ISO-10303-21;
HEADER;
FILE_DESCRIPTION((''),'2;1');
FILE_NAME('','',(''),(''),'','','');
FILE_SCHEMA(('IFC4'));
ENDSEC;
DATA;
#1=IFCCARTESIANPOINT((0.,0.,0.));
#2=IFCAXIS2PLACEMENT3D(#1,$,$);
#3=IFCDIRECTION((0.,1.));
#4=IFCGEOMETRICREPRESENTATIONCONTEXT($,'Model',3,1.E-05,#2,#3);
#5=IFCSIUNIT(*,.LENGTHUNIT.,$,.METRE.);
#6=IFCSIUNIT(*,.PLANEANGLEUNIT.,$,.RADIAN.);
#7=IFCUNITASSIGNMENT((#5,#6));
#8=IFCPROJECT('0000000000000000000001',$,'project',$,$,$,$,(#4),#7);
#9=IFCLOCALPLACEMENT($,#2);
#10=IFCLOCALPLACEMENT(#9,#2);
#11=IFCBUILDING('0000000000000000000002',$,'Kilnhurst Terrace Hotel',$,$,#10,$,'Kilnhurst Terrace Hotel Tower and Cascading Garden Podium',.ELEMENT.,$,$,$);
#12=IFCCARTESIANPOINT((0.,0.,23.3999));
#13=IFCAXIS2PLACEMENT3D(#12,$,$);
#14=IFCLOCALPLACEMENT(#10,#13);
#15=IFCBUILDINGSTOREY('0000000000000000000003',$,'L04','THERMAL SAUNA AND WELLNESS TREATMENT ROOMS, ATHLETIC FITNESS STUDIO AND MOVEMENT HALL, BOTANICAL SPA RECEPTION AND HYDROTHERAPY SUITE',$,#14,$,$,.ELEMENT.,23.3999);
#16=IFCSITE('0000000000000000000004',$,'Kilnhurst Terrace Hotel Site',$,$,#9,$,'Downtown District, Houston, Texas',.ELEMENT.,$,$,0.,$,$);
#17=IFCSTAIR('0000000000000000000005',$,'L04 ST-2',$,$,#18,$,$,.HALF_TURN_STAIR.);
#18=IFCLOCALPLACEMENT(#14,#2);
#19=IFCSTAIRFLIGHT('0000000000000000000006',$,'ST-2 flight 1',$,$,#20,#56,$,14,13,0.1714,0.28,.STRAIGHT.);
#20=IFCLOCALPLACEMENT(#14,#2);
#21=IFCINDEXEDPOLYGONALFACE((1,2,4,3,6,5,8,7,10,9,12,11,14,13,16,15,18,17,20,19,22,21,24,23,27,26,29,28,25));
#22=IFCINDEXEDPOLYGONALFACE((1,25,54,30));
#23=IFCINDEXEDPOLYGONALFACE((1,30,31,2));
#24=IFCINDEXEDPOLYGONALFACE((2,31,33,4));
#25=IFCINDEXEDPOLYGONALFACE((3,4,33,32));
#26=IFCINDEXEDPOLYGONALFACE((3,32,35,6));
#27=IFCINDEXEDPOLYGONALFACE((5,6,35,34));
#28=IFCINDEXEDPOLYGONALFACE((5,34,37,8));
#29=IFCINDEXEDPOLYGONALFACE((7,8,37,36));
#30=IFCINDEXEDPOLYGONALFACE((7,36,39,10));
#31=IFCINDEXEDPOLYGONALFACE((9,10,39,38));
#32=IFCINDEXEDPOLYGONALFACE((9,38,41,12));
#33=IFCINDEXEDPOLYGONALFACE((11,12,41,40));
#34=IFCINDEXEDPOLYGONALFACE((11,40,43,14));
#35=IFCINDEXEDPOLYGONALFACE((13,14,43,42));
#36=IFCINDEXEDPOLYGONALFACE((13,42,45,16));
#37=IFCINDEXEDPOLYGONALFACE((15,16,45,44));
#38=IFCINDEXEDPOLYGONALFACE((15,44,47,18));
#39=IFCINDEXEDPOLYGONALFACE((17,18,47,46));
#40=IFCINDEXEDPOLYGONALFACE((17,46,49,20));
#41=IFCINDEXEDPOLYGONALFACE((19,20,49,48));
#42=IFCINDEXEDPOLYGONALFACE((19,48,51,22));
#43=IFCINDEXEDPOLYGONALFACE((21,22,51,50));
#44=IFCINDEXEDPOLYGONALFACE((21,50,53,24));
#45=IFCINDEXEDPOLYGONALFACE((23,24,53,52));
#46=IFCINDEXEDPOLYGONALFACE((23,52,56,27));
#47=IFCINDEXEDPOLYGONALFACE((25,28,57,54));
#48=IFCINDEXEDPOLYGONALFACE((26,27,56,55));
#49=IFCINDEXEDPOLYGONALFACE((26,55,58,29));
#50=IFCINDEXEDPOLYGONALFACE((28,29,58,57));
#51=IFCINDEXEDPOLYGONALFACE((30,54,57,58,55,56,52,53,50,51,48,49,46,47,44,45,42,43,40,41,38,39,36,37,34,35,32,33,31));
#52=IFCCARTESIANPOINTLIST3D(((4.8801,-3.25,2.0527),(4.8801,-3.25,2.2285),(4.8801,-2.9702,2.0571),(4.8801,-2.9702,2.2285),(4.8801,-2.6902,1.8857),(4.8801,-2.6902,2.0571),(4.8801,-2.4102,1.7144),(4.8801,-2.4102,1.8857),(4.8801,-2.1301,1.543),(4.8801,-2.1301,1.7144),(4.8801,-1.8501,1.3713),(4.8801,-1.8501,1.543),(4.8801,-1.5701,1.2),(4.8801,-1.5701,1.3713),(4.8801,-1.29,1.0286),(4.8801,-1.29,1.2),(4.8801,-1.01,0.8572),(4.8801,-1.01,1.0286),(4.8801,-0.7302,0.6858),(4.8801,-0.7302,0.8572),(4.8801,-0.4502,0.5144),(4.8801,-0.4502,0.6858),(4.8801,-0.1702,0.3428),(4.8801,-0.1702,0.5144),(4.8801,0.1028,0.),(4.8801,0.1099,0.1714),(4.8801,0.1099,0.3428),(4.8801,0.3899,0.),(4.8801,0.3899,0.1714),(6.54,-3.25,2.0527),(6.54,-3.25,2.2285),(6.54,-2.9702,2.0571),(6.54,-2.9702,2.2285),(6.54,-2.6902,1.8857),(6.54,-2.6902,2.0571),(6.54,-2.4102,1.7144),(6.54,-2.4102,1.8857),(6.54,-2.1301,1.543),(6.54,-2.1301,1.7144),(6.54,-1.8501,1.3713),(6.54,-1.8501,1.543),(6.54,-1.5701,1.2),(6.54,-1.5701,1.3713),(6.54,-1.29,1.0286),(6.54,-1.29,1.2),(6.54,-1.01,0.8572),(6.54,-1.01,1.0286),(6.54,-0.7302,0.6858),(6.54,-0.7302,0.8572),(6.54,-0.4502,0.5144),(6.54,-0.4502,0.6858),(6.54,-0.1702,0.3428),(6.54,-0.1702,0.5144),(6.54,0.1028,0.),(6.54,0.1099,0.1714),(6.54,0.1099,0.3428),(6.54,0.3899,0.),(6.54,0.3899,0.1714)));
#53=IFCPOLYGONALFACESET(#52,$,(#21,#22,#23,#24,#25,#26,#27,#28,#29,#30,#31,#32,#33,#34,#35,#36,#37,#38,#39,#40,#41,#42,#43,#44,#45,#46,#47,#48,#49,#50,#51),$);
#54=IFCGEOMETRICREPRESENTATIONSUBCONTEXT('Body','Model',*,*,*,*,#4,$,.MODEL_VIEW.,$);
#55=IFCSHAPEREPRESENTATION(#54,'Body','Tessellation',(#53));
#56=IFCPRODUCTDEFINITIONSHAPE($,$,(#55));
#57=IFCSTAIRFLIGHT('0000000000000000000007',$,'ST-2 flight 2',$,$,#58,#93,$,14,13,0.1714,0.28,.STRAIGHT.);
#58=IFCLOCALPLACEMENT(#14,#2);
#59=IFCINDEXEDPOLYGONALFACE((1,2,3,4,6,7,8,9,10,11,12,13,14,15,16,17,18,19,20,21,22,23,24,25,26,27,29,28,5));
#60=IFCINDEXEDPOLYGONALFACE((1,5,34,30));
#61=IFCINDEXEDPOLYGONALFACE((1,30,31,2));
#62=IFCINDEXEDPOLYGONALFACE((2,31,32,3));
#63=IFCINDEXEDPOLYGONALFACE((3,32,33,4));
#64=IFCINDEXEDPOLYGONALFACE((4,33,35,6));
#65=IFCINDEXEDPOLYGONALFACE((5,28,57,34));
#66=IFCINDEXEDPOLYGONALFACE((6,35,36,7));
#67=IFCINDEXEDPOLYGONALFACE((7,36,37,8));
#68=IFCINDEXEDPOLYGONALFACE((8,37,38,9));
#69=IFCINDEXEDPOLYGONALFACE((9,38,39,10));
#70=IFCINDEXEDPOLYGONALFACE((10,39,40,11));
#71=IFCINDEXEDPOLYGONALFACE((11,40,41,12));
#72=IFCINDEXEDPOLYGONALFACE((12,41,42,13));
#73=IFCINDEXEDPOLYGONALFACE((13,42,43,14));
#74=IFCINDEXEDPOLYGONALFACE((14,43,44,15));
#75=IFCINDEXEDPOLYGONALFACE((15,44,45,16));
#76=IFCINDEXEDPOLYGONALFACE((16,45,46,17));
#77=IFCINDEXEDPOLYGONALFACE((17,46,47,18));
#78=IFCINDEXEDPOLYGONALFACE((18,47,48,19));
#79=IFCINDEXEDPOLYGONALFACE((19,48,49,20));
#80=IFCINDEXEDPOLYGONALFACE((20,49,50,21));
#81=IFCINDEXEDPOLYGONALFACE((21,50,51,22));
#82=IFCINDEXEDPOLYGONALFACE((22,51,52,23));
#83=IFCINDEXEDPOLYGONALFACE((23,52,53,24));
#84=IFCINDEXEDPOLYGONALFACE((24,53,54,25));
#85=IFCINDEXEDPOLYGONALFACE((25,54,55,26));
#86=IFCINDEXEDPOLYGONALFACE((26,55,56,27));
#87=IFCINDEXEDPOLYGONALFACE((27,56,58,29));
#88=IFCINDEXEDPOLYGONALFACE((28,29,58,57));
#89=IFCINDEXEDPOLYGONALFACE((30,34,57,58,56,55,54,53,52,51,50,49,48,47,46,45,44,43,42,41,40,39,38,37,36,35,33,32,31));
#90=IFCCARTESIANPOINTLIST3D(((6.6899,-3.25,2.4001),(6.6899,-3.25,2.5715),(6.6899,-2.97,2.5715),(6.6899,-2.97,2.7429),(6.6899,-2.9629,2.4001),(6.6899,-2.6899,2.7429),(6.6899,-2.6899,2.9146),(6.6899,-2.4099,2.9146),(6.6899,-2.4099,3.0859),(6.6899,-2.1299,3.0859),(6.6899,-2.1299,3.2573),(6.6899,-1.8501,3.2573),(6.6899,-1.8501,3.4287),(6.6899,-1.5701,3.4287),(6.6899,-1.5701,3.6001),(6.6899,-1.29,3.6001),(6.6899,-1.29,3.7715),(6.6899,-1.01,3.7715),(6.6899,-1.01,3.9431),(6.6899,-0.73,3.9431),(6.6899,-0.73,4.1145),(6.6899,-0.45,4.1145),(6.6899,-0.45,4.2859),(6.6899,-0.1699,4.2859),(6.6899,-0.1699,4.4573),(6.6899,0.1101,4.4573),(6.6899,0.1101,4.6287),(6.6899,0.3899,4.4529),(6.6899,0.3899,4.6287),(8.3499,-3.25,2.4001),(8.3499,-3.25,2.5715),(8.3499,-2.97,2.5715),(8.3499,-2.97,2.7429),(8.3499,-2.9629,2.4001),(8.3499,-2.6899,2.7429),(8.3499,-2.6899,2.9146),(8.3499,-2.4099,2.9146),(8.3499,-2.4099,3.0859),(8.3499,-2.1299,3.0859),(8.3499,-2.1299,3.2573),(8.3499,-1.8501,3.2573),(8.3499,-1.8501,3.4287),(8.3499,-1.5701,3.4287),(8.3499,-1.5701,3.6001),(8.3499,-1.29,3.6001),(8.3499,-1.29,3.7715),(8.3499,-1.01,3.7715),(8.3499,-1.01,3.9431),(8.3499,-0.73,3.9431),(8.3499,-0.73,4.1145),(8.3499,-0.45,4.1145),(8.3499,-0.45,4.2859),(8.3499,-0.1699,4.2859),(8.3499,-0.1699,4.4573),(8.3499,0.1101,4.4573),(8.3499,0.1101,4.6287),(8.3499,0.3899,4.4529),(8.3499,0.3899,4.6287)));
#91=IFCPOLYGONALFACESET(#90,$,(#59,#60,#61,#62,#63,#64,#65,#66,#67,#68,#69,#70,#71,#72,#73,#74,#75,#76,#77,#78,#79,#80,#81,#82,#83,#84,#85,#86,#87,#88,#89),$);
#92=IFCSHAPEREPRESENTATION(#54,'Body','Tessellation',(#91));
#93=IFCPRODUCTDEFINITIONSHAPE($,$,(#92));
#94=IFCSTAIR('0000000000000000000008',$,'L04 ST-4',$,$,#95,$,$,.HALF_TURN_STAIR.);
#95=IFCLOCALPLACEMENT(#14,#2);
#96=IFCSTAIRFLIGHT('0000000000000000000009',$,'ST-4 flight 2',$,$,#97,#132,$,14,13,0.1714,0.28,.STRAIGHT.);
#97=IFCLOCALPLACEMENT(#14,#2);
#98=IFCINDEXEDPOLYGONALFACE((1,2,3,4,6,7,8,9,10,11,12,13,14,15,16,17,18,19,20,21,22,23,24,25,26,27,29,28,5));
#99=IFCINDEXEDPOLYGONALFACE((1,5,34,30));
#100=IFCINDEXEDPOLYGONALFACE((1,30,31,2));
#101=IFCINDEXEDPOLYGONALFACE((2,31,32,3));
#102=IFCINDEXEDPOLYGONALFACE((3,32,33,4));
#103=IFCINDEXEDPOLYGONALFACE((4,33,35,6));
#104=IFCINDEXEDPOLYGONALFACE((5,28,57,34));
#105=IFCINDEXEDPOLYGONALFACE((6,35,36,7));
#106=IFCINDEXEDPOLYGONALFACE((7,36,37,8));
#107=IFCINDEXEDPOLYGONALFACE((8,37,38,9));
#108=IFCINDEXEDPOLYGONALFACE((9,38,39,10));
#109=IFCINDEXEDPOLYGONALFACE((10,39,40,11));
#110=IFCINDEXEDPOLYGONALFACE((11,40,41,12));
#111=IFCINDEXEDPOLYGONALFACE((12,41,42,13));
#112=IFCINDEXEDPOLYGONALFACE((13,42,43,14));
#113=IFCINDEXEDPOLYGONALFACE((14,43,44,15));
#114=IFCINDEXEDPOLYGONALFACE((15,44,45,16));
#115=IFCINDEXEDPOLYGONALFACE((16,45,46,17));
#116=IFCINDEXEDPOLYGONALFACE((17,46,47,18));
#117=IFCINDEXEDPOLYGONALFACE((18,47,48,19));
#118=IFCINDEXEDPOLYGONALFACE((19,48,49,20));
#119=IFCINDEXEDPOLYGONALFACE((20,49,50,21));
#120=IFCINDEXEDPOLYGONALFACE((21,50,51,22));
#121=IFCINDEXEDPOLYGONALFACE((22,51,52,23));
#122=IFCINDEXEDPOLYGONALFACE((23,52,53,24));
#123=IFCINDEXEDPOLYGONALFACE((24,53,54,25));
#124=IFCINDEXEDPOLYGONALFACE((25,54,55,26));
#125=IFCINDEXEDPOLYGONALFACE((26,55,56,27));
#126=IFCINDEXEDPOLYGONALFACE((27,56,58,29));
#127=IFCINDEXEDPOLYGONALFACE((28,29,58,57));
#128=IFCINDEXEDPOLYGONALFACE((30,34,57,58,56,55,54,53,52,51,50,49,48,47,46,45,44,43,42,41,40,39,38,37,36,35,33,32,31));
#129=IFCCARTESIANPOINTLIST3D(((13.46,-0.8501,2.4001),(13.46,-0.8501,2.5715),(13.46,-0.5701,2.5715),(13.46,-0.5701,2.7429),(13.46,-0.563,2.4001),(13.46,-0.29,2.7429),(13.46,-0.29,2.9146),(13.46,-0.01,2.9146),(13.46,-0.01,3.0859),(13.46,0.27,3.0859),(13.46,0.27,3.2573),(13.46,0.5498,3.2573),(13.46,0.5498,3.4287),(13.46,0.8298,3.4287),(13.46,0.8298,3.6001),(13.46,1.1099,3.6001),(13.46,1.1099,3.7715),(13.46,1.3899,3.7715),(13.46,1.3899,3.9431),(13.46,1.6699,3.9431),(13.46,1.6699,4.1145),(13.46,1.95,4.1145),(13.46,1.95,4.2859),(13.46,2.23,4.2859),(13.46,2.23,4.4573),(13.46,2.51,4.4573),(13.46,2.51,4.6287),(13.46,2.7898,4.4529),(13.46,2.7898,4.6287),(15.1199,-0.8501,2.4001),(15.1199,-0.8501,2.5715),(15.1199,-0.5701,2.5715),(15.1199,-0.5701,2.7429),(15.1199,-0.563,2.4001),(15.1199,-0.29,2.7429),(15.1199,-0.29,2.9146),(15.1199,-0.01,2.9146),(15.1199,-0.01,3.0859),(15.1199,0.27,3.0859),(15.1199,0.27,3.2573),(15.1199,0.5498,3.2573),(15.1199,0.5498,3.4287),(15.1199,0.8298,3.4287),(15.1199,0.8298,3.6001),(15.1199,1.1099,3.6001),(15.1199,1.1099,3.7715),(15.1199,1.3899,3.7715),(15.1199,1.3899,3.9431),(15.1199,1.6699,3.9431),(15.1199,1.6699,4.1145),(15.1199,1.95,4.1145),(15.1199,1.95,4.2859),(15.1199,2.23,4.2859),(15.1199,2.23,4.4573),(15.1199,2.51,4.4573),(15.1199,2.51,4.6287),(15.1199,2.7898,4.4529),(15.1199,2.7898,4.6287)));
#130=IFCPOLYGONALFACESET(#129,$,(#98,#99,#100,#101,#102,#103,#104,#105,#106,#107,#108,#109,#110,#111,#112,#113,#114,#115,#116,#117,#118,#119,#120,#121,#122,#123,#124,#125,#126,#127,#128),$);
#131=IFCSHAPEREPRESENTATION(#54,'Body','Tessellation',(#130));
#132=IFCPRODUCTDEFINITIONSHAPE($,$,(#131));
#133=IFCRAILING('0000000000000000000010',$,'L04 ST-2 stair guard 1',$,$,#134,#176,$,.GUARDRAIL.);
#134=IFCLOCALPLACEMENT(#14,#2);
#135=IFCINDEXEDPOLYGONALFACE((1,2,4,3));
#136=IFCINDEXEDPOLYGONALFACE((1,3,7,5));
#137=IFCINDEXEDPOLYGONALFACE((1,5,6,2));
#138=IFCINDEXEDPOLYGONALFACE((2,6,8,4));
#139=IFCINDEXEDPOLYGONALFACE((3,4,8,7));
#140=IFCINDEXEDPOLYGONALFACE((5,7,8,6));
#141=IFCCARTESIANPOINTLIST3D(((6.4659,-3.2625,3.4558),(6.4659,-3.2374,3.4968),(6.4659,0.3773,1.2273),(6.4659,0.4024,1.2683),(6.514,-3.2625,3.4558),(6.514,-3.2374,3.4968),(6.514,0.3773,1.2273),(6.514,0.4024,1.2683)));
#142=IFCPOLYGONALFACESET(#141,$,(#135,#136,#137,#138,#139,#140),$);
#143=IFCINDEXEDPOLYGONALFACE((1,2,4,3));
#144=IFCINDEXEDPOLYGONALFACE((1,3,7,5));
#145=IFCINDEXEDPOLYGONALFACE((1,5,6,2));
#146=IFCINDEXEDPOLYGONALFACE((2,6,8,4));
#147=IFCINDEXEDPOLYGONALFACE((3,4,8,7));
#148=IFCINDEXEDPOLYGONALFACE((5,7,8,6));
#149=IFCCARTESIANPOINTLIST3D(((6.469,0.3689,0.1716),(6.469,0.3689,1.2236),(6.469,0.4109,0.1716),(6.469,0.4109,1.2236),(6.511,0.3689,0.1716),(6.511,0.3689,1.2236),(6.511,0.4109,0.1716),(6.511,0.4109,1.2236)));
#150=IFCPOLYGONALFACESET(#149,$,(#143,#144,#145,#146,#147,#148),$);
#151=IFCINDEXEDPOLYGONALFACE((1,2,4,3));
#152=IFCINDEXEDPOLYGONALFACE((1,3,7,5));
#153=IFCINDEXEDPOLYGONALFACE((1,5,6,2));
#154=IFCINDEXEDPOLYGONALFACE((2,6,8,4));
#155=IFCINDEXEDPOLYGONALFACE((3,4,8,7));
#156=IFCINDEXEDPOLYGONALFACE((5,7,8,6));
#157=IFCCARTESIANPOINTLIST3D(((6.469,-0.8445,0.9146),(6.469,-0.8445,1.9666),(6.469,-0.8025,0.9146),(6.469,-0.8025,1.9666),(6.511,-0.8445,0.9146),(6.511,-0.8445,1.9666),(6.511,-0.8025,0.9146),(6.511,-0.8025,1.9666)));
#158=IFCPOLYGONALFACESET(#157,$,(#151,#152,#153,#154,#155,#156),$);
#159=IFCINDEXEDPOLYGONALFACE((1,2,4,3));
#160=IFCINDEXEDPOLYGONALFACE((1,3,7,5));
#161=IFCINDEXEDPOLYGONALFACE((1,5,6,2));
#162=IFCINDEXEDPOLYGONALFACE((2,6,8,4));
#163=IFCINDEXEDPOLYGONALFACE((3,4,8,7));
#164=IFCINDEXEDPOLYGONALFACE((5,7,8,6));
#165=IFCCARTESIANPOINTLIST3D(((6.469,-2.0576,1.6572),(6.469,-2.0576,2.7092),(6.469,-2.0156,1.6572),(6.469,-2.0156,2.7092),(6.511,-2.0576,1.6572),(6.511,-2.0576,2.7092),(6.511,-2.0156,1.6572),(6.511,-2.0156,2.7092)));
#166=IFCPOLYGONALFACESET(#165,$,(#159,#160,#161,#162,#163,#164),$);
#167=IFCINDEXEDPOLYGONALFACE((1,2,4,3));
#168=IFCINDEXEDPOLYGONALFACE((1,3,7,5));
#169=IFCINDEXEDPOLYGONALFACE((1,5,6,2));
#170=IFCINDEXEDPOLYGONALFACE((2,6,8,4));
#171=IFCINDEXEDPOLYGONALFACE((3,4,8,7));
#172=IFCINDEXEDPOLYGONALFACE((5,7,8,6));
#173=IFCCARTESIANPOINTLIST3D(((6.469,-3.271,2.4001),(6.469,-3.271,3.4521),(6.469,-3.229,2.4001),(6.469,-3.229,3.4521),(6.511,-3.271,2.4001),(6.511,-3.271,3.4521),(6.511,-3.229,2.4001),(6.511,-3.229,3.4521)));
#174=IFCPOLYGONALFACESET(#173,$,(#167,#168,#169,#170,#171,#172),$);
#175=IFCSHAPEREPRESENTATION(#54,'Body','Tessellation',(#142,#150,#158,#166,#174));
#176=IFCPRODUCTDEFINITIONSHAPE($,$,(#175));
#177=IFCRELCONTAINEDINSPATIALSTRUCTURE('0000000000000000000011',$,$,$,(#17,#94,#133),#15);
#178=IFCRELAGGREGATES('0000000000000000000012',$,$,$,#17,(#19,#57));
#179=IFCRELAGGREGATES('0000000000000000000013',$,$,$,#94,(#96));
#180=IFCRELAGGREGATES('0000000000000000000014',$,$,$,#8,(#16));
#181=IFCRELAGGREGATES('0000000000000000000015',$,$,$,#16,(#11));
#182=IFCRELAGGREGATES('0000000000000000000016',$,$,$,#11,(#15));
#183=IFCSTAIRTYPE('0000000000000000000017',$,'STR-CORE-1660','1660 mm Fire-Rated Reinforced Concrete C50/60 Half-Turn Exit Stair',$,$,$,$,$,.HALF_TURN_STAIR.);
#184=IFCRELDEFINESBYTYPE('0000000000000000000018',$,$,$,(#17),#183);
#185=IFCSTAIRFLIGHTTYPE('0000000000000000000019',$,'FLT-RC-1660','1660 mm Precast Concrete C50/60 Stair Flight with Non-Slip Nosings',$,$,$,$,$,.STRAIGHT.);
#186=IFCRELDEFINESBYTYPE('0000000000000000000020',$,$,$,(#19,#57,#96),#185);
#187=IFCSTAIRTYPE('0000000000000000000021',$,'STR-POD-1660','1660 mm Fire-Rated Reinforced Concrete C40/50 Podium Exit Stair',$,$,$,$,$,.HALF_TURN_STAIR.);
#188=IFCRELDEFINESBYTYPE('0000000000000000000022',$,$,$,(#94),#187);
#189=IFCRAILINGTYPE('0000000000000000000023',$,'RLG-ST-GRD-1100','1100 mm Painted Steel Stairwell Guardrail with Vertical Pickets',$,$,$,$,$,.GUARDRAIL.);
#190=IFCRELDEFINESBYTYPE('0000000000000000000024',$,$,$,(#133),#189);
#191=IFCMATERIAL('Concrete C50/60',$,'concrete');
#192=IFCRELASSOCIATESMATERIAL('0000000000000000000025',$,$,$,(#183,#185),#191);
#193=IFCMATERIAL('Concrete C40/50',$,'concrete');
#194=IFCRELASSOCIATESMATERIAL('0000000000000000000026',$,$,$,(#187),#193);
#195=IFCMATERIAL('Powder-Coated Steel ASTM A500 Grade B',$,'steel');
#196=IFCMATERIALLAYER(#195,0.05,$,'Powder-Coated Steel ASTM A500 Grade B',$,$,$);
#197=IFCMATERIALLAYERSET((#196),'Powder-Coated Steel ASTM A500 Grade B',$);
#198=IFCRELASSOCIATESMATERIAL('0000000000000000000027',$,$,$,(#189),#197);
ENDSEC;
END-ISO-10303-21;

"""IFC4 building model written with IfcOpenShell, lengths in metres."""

from ifc_helpers import new_model, si_unit, direction, frame, origin, origin_2d, place, context, subcontext, project, spatial, polyline, rectangle, outline, extrude, material, layer, layer_set, type_object, element, aggregate, save


model = new_model("IFC4")

# Units and contexts
model_context = context("Model", 3, precision=1e-05, world=origin(), true_north=direction((0.0, 1.0)))
body_context = subcontext(model_context, "Body", "Model", "MODEL_VIEW")
ifc_project = project(units=[si_unit("LENGTHUNIT", "METRE"), si_unit("PLANEANGLEUNIT", "RADIAN")], contexts=[model_context])

# Site, building, storey
site_placement = place(None, origin())
site = spatial("IfcSite", under=ifc_project, at=site_placement, Name="Kilnhurst Terrace Hotel Site", LongName="Downtown District, Houston, Texas", CompositionType="ELEMENT", RefElevation=0.0)
building_placement = place(site_placement, origin())
building = spatial("IfcBuilding", under=site, at=building_placement, Name="Kilnhurst Terrace Hotel", LongName="Kilnhurst Terrace Hotel Tower and Cascading Garden Podium", CompositionType="ELEMENT")
storey_placement = place(building_placement, frame((0.0, 0.0, 23.3999)))
storey = spatial("IfcBuildingStorey", under=building, at=storey_placement, Name="L04", Description="THERMAL SAUNA AND WELLNESS TREATMENT ROOMS, ATHLETIC FITNESS STUDIO AND MOVEMENT HALL, BOTANICAL SPA RECEPTION AND HYDROTHERAPY SUITE", CompositionType="ELEMENT", Elevation=23.3999)

# Shared definitions
ifc_material_1 = material(Name="Concrete C50/60", Category="concrete")

# Stair, stair flights
stair_type_1 = type_object("IfcStairType", Name="STR-CORE-1660", Description="1660 mm Fire-Rated Reinforced Concrete C50/60 Half-Turn Exit Stair", PredefinedType="HALF_TURN_STAIR", material=ifc_material_1)
stair_1_placement = place(storey_placement, origin())
stair_1 = element("IfcStair", 1, at=stair_1_placement, inside=storey, type_object=stair_type_1, Name="L04 ST-2", PredefinedType="HALF_TURN_STAIR")
stair_flight_type = type_object("IfcStairFlightType", Name="FLT-RC-1660", Description="1660 mm Precast Concrete C50/60 Stair Flight with Non-Slip Nosings", PredefinedType="STRAIGHT", material=ifc_material_1)
stair_flight_1_placement = place(storey_placement, frame((5.71, 0.3899, 0.0), z_axis=(0.0, 0.0, 1.0), x_axis=(0.0, -1.0, 0.0)))
stair_flight_1 = element("IfcStairFlight", 2, at=stair_flight_1_placement, type_object=stair_flight_type, Name="ST-2 flight 1", NumberOfRisers=14, NumberOfTreads=13, PredefinedType="STRAIGHT", RiserHeight=0.1714, TreadLength=0.28, context=body_context, shape_type="SweptSolid", body=[
    extrude(outline(polyline([(0.0, 0.0), (0.0, 0.1714), (0.28, 0.1714), (0.28, 0.3428), (0.5601, 0.3428), (0.5601, 0.5144), (0.8401, 0.5144), (0.8401, 0.6858), (1.1201, 0.6858), (1.1201, 0.8572), (1.3999, 0.8572), (1.3999, 1.0286), (1.6799, 1.0286), (1.6799, 1.2), (1.96, 1.2), (1.96, 1.3713), (2.24, 1.3713), (2.24, 1.543), (2.52, 1.543), (2.52, 1.7144), (2.8, 1.7144), (2.8, 1.8857), (3.0801, 1.8857), (3.0801, 2.0571), (3.3601, 2.0571), (3.3601, 2.2285), (3.6399, 2.2285), (3.6399, 2.3999), (3.6399, 2.0527), (0.2871, 0.0), (0.0, 0.0)])), frame((0.0, 0.8301, 0.0), z_axis=(0.0, -1.0, 0.0), x_axis=(1.0, 0.0, 0.0)), (0.0, 0.0, 1.0), 1.6599),
])
stair_flight_2_placement = place(storey_placement, frame((7.52, -3.25, 2.4001), z_axis=(0.0, 0.0, 1.0), x_axis=(0.0, 1.0, 0.0)))
stair_flight_2 = element("IfcStairFlight", 3, at=stair_flight_2_placement, type_object=stair_flight_type, Name="ST-2 flight 2", NumberOfRisers=14, NumberOfTreads=13, PredefinedType="STRAIGHT", RiserHeight=0.1714, TreadLength=0.28, context=body_context, shape_type="SweptSolid", body=[
    extrude(outline(polyline([(0.0, 0.0), (0.0, 0.1714), (0.28, 0.1714), (0.28, 0.3428), (0.5601, 0.3428), (0.5601, 0.5144), (0.8401, 0.5144), (0.8401, 0.6858), (1.1201, 0.6858), (1.1201, 0.8572), (1.3999, 0.8572), (1.3999, 1.0286), (1.6799, 1.0286), (1.6799, 1.2), (1.96, 1.2), (1.96, 1.3713), (2.24, 1.3713), (2.24, 1.543), (2.52, 1.543), (2.52, 1.7144), (2.8, 1.7144), (2.8, 1.8857), (3.0801, 1.8857), (3.0801, 2.0571), (3.3601, 2.0571), (3.3601, 2.2285), (3.6399, 2.2285), (3.6399, 2.3999), (3.6399, 2.0527), (0.2871, 0.0), (0.0, 0.0)])), frame((0.0, 0.8301, 0.0), z_axis=(0.0, -1.0, 0.0), x_axis=(1.0, 0.0, 0.0)), (0.0, 0.0, 1.0), 1.6599),
])
aggregate(stair_1, [stair_flight_1, stair_flight_2])

# Stair, stair flight
ifc_material_2 = material(Name="Concrete C40/50", Category="concrete")
stair_type_2 = type_object("IfcStairType", Name="STR-POD-1660", Description="1660 mm Fire-Rated Reinforced Concrete C40/50 Podium Exit Stair", PredefinedType="HALF_TURN_STAIR", material=ifc_material_2)
stair_2_placement = place(storey_placement, origin())
stair_2 = element("IfcStair", 4, at=stair_2_placement, inside=storey, type_object=stair_type_2, Name="L04 ST-4", PredefinedType="HALF_TURN_STAIR")
stair_flight_3_placement = place(storey_placement, frame((14.29, -0.8501, 2.4001), z_axis=(0.0, 0.0, 1.0), x_axis=(0.0, 1.0, 0.0)))
stair_flight_3 = element("IfcStairFlight", 5, at=stair_flight_3_placement, type_object=stair_flight_type, Name="ST-4 flight 2", NumberOfRisers=14, NumberOfTreads=13, PredefinedType="STRAIGHT", RiserHeight=0.1714, TreadLength=0.28, context=body_context, shape_type="SweptSolid", body=[
    extrude(outline(polyline([(0.0, 0.0), (0.0, 0.1714), (0.28, 0.1714), (0.28, 0.3428), (0.5601, 0.3428), (0.5601, 0.5144), (0.8401, 0.5144), (0.8401, 0.6858), (1.1201, 0.6858), (1.1201, 0.8572), (1.3999, 0.8572), (1.3999, 1.0286), (1.6799, 1.0286), (1.6799, 1.2), (1.96, 1.2), (1.96, 1.3713), (2.24, 1.3713), (2.24, 1.543), (2.52, 1.543), (2.52, 1.7144), (2.8, 1.7144), (2.8, 1.8857), (3.0801, 1.8857), (3.0801, 2.0571), (3.3601, 2.0571), (3.3601, 2.2285), (3.6399, 2.2285), (3.6399, 2.3999), (3.6399, 2.0527), (0.2871, 0.0), (0.0, 0.0)])), frame((0.0, 0.8301, 0.0), z_axis=(0.0, -1.0, 0.0), x_axis=(1.0, 0.0, 0.0)), (0.0, 0.0, 1.0), 1.6599),
])
aggregate(stair_2, [stair_flight_3])

# Railing
ifc_material_3 = material(Name="Powder-Coated Steel ASTM A500 Grade B", Category="steel")
ifc_layer_1 = layer(ifc_material_3, 0.05, Name="Powder-Coated Steel ASTM A500 Grade B")
ifc_layer_set_1 = layer_set([ifc_layer_1], Name="Powder-Coated Steel ASTM A500 Grade B")
railing_type_1 = type_object("IfcRailingType", Name="RLG-ST-GRD-1100", Description="1100 mm Painted Steel Stairwell Guardrail with Vertical Pickets", PredefinedType="GUARDRAIL", material=ifc_layer_set_1)
railing_1_placement = place(storey_placement, frame((6.49, 0.3899, 0.1716)))
element("IfcRailing", 6, at=railing_1_placement, inside=storey, type_object=railing_type_1, Name="L04 ST-2 stair guard 1", PredefinedType="GUARDRAIL", context=body_context, shape_type="SweptSolid", body=[
    extrude(rectangle(XDim=0.0481, YDim=0.0481, at=origin_2d()), frame((0.0, 0.0, 1.0762), z_axis=(0.0, -0.85285, 0.522156), x_axis=(1.0, 0.0, 0.0)), (0.0, 0.0, 1.0), 4.2678),
    extrude(rectangle(XDim=0.042, YDim=0.042, at=origin_2d()), origin(), (0.0, 0.0, 1.0), 1.052),
    extrude(rectangle(XDim=0.042, YDim=0.042, at=origin_2d()), frame((0.0, -1.2134, 0.7429)), (0.0, 0.0, 1.0), 1.052),
    extrude(rectangle(XDim=0.042, YDim=0.042, at=origin_2d()), frame((0.0, -2.4265, 1.4856)), (0.0, 0.0, 1.0), 1.052),
    extrude(rectangle(XDim=0.042, YDim=0.042, at=origin_2d()), frame((0.0, -3.6399, 2.2285)), (0.0, 0.0, 1.0), 1.052),
])

save(model, "model.ifc")
